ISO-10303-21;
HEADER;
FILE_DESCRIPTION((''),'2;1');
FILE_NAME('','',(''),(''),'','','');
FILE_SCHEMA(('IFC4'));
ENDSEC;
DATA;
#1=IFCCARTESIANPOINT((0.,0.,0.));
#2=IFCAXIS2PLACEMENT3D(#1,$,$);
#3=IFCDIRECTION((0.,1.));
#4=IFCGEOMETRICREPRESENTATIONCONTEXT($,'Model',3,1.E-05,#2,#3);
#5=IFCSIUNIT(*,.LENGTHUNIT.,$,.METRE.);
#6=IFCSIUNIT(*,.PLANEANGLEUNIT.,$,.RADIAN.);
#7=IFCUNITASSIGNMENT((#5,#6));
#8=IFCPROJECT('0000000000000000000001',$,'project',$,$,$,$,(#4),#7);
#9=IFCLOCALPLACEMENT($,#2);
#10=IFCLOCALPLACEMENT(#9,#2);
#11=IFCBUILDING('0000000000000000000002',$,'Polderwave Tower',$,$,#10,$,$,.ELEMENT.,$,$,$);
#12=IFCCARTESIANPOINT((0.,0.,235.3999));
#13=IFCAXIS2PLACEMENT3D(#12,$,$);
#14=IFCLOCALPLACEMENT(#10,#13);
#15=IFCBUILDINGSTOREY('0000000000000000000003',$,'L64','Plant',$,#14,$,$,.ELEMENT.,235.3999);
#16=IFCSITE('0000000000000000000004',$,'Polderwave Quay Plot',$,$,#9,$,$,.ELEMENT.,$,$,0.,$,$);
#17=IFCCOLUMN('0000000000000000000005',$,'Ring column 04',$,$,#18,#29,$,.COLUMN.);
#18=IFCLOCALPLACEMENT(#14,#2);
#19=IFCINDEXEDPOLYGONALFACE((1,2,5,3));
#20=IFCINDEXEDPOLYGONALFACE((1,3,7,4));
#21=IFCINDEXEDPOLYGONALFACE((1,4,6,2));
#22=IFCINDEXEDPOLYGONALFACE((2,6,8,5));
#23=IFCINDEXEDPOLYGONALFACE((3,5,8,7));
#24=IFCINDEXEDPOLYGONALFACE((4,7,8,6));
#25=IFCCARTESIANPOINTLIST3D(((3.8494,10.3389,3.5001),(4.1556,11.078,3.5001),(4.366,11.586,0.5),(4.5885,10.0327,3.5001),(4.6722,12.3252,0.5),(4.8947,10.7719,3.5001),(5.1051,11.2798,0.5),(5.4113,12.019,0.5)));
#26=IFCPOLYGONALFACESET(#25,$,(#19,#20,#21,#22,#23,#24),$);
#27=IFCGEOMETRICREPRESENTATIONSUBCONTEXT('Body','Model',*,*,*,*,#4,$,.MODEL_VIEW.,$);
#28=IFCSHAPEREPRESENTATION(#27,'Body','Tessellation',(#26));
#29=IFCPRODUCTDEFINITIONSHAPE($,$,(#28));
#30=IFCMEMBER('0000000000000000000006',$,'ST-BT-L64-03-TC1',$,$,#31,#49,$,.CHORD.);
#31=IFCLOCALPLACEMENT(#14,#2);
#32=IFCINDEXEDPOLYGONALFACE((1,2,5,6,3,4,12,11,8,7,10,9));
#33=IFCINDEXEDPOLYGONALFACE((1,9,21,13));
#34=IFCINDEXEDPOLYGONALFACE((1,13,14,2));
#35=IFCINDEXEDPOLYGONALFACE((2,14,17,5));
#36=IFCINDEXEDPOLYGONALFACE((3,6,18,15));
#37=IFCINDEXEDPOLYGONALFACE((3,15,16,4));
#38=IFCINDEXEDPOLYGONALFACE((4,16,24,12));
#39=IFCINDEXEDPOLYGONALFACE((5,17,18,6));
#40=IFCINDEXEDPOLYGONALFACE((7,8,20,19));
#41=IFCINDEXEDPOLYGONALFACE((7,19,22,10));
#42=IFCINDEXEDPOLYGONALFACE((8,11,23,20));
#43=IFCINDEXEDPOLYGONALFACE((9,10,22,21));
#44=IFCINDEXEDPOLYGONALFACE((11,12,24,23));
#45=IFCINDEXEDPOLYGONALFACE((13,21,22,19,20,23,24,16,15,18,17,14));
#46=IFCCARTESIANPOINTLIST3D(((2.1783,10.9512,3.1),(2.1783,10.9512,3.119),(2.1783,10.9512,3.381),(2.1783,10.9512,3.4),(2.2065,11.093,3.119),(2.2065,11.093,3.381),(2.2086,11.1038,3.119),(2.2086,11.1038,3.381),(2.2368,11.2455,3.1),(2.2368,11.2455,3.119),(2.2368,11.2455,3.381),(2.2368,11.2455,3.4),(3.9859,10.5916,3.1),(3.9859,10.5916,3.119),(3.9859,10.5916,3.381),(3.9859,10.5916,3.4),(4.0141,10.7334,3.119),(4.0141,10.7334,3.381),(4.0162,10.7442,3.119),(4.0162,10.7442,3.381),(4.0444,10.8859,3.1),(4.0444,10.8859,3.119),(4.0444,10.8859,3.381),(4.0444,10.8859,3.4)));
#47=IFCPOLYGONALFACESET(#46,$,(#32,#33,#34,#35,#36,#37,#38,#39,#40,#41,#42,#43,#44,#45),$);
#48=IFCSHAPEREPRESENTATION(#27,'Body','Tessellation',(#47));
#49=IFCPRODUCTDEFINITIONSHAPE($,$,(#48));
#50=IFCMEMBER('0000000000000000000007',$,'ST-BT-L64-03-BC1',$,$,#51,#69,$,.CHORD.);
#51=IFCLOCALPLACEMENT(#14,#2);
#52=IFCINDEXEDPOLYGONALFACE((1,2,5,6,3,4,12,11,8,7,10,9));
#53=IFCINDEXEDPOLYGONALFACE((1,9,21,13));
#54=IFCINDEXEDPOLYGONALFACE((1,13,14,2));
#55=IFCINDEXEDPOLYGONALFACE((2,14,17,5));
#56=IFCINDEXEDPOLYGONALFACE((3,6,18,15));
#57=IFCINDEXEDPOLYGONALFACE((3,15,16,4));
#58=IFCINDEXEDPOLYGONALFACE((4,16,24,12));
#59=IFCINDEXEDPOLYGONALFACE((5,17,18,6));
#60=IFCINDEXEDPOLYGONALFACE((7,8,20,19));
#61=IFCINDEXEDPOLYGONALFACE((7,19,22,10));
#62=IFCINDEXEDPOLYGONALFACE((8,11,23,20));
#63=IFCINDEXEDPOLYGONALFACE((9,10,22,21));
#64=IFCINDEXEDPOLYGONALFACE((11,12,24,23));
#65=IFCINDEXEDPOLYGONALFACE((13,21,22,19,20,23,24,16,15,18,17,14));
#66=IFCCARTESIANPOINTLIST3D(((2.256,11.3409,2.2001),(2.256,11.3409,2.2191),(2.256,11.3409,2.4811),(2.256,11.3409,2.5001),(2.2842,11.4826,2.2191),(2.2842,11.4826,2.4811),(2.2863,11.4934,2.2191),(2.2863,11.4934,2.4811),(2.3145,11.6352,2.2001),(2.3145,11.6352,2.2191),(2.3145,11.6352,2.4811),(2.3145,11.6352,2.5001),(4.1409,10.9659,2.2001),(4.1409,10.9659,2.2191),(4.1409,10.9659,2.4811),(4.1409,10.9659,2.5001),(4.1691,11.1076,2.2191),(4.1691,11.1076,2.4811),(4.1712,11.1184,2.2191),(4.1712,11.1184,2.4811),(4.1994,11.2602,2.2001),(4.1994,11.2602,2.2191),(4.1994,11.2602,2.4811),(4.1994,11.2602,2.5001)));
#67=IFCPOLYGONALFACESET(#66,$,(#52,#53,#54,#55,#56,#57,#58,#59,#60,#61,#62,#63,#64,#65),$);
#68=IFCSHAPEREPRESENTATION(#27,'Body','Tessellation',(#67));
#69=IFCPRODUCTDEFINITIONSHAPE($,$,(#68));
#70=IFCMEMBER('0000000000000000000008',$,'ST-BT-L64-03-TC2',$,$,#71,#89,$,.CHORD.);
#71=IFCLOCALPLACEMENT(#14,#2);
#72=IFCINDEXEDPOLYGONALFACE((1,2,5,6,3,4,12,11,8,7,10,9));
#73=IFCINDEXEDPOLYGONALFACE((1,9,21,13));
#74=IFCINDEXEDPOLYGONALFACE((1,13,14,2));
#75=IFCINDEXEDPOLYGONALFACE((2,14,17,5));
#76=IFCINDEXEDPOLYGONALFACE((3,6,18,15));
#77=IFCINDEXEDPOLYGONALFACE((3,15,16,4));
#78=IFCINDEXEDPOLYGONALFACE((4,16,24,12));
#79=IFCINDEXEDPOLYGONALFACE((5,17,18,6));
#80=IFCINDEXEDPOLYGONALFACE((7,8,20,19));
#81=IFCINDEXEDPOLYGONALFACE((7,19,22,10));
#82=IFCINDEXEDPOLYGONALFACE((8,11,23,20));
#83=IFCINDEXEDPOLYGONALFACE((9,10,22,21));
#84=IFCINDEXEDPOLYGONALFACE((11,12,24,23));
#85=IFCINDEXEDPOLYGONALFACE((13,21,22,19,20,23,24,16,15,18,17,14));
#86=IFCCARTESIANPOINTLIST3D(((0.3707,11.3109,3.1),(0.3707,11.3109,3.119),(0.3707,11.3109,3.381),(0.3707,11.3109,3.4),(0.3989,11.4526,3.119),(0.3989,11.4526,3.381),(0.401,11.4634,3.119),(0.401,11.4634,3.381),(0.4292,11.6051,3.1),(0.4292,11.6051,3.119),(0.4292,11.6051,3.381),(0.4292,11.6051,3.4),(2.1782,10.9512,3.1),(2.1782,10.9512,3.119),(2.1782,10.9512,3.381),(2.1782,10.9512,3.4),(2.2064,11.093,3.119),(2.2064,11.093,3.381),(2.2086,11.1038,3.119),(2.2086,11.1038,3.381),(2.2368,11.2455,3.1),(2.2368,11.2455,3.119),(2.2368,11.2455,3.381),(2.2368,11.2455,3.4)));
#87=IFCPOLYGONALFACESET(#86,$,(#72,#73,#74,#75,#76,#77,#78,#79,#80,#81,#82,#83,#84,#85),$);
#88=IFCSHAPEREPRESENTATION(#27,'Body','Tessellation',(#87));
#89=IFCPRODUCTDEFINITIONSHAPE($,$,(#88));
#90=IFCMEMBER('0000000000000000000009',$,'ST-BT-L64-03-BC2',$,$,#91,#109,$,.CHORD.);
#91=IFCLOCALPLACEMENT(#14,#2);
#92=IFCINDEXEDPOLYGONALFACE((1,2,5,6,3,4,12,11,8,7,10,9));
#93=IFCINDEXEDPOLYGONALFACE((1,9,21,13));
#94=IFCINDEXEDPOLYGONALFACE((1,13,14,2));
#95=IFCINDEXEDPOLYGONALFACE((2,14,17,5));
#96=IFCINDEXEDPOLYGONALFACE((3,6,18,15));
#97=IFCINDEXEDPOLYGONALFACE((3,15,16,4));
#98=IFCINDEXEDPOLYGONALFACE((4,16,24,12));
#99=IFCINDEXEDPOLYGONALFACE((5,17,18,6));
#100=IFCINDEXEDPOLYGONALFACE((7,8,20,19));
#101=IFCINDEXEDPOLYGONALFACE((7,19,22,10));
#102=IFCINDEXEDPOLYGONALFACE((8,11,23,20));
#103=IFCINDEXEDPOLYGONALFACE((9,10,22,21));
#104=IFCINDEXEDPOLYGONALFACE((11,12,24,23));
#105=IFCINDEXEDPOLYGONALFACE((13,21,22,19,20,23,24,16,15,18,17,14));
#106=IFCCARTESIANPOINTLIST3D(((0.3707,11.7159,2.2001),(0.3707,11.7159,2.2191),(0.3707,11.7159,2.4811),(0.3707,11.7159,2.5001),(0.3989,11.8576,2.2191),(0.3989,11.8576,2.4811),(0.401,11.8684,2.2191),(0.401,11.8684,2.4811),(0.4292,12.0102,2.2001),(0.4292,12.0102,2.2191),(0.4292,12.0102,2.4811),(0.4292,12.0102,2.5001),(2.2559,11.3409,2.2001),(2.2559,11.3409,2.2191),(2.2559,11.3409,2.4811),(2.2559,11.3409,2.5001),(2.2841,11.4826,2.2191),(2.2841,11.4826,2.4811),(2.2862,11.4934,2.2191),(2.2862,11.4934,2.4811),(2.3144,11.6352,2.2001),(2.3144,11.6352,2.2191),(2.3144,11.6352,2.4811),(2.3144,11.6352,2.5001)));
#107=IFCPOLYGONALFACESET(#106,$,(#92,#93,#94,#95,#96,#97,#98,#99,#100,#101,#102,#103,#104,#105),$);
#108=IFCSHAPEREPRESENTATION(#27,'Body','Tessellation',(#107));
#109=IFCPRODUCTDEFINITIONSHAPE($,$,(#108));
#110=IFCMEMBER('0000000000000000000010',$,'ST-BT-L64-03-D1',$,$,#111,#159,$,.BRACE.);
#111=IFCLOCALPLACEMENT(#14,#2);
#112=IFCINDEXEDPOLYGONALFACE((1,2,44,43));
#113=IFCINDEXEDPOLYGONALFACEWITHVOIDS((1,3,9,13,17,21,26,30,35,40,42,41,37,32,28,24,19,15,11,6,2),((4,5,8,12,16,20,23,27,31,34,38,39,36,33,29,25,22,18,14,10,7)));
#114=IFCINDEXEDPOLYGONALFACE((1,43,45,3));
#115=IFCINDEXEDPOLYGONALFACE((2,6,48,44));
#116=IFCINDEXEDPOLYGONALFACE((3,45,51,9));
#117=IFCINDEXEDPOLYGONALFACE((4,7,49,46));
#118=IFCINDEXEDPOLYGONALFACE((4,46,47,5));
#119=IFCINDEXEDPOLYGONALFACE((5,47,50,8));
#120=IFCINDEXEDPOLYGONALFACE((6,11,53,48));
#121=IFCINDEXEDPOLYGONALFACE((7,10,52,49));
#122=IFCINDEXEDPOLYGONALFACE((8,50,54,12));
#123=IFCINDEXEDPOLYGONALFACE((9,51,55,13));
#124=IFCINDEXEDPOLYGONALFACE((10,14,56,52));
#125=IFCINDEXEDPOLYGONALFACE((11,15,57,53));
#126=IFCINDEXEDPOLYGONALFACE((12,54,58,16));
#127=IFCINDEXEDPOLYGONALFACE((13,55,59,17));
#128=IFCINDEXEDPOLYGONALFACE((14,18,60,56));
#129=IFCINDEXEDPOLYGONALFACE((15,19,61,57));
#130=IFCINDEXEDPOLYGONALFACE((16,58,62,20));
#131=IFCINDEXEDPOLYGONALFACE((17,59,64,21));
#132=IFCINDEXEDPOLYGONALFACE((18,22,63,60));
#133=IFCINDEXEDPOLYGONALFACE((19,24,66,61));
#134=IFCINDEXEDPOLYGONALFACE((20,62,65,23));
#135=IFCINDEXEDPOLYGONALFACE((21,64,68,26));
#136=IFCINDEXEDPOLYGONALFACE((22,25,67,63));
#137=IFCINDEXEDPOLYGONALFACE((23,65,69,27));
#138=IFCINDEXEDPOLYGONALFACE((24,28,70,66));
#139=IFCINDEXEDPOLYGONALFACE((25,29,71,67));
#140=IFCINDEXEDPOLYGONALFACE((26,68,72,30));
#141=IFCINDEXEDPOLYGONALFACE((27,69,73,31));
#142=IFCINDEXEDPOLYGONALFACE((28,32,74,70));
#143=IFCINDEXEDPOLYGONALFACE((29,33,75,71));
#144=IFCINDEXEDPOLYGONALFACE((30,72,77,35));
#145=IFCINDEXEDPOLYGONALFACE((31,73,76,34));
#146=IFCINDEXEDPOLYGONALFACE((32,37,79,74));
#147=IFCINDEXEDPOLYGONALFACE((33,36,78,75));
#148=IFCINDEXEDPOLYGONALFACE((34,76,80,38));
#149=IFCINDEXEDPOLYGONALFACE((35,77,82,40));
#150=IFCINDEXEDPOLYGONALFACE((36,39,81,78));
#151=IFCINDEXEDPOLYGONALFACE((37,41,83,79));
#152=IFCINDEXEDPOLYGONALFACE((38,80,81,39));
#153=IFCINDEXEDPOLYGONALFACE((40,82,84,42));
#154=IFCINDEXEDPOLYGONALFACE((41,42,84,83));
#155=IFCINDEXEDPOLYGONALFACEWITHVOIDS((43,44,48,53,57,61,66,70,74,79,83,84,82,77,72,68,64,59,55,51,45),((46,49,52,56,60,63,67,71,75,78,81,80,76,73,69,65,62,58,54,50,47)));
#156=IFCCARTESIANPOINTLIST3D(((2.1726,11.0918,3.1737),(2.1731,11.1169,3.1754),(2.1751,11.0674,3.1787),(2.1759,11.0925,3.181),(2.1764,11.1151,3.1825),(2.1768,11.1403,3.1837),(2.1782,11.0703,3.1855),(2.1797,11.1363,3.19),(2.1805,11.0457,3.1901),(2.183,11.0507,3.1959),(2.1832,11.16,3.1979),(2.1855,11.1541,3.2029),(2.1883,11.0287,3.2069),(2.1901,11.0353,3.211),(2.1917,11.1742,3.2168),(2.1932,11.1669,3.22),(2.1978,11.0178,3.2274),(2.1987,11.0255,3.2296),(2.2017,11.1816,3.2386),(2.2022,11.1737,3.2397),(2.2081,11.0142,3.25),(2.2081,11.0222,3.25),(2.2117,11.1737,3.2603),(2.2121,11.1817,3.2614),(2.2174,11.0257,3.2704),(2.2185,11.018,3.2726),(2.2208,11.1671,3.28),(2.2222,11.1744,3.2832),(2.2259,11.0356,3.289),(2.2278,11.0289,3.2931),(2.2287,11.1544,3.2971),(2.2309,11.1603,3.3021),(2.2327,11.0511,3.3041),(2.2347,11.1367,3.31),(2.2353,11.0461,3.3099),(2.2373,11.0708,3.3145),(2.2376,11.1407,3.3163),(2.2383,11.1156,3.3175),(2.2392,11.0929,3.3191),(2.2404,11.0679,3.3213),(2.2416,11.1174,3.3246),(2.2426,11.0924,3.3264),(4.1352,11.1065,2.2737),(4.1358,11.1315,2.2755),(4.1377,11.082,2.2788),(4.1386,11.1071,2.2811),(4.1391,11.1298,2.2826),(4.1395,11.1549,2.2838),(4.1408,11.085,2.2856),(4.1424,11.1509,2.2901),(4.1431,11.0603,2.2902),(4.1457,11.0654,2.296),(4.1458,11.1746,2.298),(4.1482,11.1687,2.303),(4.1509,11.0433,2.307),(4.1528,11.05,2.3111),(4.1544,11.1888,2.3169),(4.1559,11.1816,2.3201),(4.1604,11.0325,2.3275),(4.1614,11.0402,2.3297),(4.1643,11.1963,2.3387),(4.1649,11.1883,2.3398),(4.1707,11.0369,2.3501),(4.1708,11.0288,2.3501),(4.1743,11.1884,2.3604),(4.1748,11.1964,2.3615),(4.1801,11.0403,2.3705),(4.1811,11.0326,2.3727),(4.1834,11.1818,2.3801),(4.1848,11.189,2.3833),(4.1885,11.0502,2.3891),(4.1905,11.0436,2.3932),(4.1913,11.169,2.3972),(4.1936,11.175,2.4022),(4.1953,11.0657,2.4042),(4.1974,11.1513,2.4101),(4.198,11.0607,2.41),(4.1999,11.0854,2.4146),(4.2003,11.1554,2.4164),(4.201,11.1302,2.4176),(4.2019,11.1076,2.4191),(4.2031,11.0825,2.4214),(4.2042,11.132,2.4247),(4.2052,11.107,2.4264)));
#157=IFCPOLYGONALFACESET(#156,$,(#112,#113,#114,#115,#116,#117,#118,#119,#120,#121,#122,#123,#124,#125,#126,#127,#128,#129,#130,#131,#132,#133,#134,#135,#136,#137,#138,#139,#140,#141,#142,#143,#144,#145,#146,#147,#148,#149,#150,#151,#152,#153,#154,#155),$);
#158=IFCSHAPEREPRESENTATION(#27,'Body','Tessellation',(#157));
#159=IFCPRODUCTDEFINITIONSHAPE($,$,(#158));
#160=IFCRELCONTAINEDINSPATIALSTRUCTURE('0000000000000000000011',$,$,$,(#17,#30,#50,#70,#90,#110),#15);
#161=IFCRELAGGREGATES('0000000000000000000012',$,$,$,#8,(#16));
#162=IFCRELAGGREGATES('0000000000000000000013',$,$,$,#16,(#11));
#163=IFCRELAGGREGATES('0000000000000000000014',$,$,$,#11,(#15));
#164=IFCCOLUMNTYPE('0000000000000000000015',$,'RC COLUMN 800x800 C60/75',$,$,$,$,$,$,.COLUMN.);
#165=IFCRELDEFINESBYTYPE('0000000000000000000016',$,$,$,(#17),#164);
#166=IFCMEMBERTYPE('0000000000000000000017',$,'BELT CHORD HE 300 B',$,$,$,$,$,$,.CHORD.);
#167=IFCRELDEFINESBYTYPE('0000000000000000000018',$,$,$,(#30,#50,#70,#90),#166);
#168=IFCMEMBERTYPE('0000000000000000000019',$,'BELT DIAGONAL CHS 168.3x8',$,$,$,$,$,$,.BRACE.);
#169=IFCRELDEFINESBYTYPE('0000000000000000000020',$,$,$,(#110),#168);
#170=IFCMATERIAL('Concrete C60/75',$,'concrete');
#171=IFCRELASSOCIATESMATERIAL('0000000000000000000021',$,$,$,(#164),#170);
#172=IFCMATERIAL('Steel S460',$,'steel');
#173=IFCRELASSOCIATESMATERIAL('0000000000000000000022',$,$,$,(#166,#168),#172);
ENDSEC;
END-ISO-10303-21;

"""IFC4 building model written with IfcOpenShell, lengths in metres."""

from ifc_helpers import new_model, si_unit, direction, frame, origin, origin_2d, place, context, subcontext, project, spatial, rectangle, hollow_circle, i_section, extrude, material, material_profile, profile_set, type_object, element, save


model = new_model("IFC4")

# Units and contexts
model_context = context("Model", 3, precision=1e-05, world=origin(), true_north=direction((0.0, 1.0)))
body_context = subcontext(model_context, "Body", "Model", "MODEL_VIEW")
ifc_project = project(units=[si_unit("LENGTHUNIT", "METRE"), si_unit("PLANEANGLEUNIT", "RADIAN")], contexts=[model_context])

# Site, building, storey
site_placement = place(None, origin())
site = spatial("IfcSite", under=ifc_project, at=site_placement, Name="Polderwave Quay Plot", CompositionType="ELEMENT", RefElevation=0.0)
building_placement = place(site_placement, origin())
building = spatial("IfcBuilding", under=site, at=building_placement, Name="Polderwave Tower", CompositionType="ELEMENT")
storey_placement = place(building_placement, frame((0.0, 0.0, 235.3999)))
storey = spatial("IfcBuildingStorey", under=building, at=storey_placement, Name="L64", Description="Plant", CompositionType="ELEMENT", Elevation=235.3999)

# Column
ifc_material_1 = material(Name="Concrete C60/75", Category="concrete")
ifc_material_profile_1 = material_profile(ifc_material_1, rectangle(XDim=0.8, YDim=0.8, at=origin_2d()), Name="RC 800x800")
ifc_profile_set_1 = profile_set([ifc_material_profile_1], Name="Concrete C60/75")
column_type = type_object("IfcColumnType", Name="RC COLUMN 800x800 C60/75", PredefinedType="COLUMN", material=ifc_profile_set_1)
column_placement = place(storey_placement, frame((4.8887, 11.8025, 0.5), z_axis=(0.0, 0.0, 1.0), x_axis=(0.923867, -0.382714, 0.0)))
element("IfcColumn", 1, at=column_placement, inside=storey, type_object=column_type, Name="Ring column 04", PredefinedType="COLUMN", context=body_context, shape_type="SweptSolid", body=[
    extrude(rectangle(XDim=0.8, YDim=0.8, at=origin_2d()), origin(), (0.0, -0.410324, 0.91194), 3.2898),
])

# Members
ifc_material_2 = material(Name="Steel S460", Category="steel")
ifc_material_profile_2 = material_profile(ifc_material_2, i_section(OverallWidth=0.3, OverallDepth=0.3, WebThickness=0.011, FlangeThickness=0.019, at=origin_2d()), Name="HE 300 B")
ifc_profile_set_2 = profile_set([ifc_material_profile_2], Name="Steel S460")
member_type_1 = type_object("IfcMemberType", Name="BELT CHORD HE 300 B", PredefinedType="CHORD", material=ifc_profile_set_2)
member_1_placement = place(storey_placement, frame((4.0151, 10.7388, 3.25), z_axis=(-0.980779, 0.195123, 0.0), x_axis=(-0.195123, -0.980779, 0.0)))
element("IfcMember", 2, at=member_1_placement, inside=storey, type_object=member_type_1, Name="ST-BT-L64-03-TC1", PredefinedType="CHORD", context=body_context, shape_type="SweptSolid", body=[
    extrude(i_section(OverallWidth=0.3, OverallDepth=0.3, WebThickness=0.011, FlangeThickness=0.019, at=origin_2d()), origin(), (0.0, 0.0, 1.0), 1.843),
])
member_2_placement = place(storey_placement, frame((4.1702, 11.113, 2.3501), z_axis=(-0.98078, 0.195114, 0.0), x_axis=(-0.195114, -0.98078, 0.0)))
element("IfcMember", 3, at=member_2_placement, inside=storey, type_object=member_type_1, Name="ST-BT-L64-03-BC1", PredefinedType="CHORD", context=body_context, shape_type="SweptSolid", body=[
    extrude(i_section(OverallWidth=0.3, OverallDepth=0.3, WebThickness=0.011, FlangeThickness=0.019, at=origin_2d()), origin(), (0.0, 0.0, 1.0), 1.9219),
])
member_3_placement = place(storey_placement, frame((2.2075, 11.0984, 3.25), z_axis=(-0.980779, 0.195123, 0.0), x_axis=(-0.195123, -0.980779, 0.0)))
element("IfcMember", 4, at=member_3_placement, inside=storey, type_object=member_type_1, Name="ST-BT-L64-03-TC2", PredefinedType="CHORD", context=body_context, shape_type="SweptSolid", body=[
    extrude(i_section(OverallWidth=0.3, OverallDepth=0.3, WebThickness=0.011, FlangeThickness=0.019, at=origin_2d()), origin(), (0.0, 0.0, 1.0), 1.843),
])
member_4_placement = place(storey_placement, frame((2.2852, 11.488, 2.3501), z_axis=(-0.980785, 0.19509, 0.0), x_axis=(-0.19509, -0.980785, 0.0)))
element("IfcMember", 5, at=member_4_placement, inside=storey, type_object=member_type_1, Name="ST-BT-L64-03-BC2", PredefinedType="CHORD", context=body_context, shape_type="SweptSolid", body=[
    extrude(i_section(OverallWidth=0.3, OverallDepth=0.3, WebThickness=0.011, FlangeThickness=0.019, at=origin_2d()), origin(), (0.0, 0.0, 1.0), 1.9221),
])
ifc_material_profile_3 = material_profile(ifc_material_2, hollow_circle(Radius=0.0842, WallThickness=0.0081, at=origin_2d()), Name="CHS 168.3x8")
ifc_profile_set_3 = profile_set([ifc_material_profile_3], Name="Steel S460")
member_type_2 = type_object("IfcMemberType", Name="BELT DIAGONAL CHS 168.3x8", PredefinedType="BRACE", material=ifc_profile_set_3)
for number, where, z_axis, x_axis, name in (
    (6, (4.1702, 11.113, 2.3501), (-0.908981, -0.006784, 0.416781), (0.007463, -0.999972, 0.0), "ST-BT-L64-03-D1"),
):
    element("IfcMember", number, at=place(storey_placement, frame(where, z_axis=z_axis, x_axis=x_axis)), inside=storey, type_object=member_type_2, Name=name, PredefinedType="BRACE", context=body_context, shape_type="SweptSolid", body=[
        extrude(hollow_circle(Radius=0.0842, WallThickness=0.0081, at=origin_2d()), origin(), (0.0, 0.0, 1.0), 2.1592),
    ])

save(model, "model.ifc")
